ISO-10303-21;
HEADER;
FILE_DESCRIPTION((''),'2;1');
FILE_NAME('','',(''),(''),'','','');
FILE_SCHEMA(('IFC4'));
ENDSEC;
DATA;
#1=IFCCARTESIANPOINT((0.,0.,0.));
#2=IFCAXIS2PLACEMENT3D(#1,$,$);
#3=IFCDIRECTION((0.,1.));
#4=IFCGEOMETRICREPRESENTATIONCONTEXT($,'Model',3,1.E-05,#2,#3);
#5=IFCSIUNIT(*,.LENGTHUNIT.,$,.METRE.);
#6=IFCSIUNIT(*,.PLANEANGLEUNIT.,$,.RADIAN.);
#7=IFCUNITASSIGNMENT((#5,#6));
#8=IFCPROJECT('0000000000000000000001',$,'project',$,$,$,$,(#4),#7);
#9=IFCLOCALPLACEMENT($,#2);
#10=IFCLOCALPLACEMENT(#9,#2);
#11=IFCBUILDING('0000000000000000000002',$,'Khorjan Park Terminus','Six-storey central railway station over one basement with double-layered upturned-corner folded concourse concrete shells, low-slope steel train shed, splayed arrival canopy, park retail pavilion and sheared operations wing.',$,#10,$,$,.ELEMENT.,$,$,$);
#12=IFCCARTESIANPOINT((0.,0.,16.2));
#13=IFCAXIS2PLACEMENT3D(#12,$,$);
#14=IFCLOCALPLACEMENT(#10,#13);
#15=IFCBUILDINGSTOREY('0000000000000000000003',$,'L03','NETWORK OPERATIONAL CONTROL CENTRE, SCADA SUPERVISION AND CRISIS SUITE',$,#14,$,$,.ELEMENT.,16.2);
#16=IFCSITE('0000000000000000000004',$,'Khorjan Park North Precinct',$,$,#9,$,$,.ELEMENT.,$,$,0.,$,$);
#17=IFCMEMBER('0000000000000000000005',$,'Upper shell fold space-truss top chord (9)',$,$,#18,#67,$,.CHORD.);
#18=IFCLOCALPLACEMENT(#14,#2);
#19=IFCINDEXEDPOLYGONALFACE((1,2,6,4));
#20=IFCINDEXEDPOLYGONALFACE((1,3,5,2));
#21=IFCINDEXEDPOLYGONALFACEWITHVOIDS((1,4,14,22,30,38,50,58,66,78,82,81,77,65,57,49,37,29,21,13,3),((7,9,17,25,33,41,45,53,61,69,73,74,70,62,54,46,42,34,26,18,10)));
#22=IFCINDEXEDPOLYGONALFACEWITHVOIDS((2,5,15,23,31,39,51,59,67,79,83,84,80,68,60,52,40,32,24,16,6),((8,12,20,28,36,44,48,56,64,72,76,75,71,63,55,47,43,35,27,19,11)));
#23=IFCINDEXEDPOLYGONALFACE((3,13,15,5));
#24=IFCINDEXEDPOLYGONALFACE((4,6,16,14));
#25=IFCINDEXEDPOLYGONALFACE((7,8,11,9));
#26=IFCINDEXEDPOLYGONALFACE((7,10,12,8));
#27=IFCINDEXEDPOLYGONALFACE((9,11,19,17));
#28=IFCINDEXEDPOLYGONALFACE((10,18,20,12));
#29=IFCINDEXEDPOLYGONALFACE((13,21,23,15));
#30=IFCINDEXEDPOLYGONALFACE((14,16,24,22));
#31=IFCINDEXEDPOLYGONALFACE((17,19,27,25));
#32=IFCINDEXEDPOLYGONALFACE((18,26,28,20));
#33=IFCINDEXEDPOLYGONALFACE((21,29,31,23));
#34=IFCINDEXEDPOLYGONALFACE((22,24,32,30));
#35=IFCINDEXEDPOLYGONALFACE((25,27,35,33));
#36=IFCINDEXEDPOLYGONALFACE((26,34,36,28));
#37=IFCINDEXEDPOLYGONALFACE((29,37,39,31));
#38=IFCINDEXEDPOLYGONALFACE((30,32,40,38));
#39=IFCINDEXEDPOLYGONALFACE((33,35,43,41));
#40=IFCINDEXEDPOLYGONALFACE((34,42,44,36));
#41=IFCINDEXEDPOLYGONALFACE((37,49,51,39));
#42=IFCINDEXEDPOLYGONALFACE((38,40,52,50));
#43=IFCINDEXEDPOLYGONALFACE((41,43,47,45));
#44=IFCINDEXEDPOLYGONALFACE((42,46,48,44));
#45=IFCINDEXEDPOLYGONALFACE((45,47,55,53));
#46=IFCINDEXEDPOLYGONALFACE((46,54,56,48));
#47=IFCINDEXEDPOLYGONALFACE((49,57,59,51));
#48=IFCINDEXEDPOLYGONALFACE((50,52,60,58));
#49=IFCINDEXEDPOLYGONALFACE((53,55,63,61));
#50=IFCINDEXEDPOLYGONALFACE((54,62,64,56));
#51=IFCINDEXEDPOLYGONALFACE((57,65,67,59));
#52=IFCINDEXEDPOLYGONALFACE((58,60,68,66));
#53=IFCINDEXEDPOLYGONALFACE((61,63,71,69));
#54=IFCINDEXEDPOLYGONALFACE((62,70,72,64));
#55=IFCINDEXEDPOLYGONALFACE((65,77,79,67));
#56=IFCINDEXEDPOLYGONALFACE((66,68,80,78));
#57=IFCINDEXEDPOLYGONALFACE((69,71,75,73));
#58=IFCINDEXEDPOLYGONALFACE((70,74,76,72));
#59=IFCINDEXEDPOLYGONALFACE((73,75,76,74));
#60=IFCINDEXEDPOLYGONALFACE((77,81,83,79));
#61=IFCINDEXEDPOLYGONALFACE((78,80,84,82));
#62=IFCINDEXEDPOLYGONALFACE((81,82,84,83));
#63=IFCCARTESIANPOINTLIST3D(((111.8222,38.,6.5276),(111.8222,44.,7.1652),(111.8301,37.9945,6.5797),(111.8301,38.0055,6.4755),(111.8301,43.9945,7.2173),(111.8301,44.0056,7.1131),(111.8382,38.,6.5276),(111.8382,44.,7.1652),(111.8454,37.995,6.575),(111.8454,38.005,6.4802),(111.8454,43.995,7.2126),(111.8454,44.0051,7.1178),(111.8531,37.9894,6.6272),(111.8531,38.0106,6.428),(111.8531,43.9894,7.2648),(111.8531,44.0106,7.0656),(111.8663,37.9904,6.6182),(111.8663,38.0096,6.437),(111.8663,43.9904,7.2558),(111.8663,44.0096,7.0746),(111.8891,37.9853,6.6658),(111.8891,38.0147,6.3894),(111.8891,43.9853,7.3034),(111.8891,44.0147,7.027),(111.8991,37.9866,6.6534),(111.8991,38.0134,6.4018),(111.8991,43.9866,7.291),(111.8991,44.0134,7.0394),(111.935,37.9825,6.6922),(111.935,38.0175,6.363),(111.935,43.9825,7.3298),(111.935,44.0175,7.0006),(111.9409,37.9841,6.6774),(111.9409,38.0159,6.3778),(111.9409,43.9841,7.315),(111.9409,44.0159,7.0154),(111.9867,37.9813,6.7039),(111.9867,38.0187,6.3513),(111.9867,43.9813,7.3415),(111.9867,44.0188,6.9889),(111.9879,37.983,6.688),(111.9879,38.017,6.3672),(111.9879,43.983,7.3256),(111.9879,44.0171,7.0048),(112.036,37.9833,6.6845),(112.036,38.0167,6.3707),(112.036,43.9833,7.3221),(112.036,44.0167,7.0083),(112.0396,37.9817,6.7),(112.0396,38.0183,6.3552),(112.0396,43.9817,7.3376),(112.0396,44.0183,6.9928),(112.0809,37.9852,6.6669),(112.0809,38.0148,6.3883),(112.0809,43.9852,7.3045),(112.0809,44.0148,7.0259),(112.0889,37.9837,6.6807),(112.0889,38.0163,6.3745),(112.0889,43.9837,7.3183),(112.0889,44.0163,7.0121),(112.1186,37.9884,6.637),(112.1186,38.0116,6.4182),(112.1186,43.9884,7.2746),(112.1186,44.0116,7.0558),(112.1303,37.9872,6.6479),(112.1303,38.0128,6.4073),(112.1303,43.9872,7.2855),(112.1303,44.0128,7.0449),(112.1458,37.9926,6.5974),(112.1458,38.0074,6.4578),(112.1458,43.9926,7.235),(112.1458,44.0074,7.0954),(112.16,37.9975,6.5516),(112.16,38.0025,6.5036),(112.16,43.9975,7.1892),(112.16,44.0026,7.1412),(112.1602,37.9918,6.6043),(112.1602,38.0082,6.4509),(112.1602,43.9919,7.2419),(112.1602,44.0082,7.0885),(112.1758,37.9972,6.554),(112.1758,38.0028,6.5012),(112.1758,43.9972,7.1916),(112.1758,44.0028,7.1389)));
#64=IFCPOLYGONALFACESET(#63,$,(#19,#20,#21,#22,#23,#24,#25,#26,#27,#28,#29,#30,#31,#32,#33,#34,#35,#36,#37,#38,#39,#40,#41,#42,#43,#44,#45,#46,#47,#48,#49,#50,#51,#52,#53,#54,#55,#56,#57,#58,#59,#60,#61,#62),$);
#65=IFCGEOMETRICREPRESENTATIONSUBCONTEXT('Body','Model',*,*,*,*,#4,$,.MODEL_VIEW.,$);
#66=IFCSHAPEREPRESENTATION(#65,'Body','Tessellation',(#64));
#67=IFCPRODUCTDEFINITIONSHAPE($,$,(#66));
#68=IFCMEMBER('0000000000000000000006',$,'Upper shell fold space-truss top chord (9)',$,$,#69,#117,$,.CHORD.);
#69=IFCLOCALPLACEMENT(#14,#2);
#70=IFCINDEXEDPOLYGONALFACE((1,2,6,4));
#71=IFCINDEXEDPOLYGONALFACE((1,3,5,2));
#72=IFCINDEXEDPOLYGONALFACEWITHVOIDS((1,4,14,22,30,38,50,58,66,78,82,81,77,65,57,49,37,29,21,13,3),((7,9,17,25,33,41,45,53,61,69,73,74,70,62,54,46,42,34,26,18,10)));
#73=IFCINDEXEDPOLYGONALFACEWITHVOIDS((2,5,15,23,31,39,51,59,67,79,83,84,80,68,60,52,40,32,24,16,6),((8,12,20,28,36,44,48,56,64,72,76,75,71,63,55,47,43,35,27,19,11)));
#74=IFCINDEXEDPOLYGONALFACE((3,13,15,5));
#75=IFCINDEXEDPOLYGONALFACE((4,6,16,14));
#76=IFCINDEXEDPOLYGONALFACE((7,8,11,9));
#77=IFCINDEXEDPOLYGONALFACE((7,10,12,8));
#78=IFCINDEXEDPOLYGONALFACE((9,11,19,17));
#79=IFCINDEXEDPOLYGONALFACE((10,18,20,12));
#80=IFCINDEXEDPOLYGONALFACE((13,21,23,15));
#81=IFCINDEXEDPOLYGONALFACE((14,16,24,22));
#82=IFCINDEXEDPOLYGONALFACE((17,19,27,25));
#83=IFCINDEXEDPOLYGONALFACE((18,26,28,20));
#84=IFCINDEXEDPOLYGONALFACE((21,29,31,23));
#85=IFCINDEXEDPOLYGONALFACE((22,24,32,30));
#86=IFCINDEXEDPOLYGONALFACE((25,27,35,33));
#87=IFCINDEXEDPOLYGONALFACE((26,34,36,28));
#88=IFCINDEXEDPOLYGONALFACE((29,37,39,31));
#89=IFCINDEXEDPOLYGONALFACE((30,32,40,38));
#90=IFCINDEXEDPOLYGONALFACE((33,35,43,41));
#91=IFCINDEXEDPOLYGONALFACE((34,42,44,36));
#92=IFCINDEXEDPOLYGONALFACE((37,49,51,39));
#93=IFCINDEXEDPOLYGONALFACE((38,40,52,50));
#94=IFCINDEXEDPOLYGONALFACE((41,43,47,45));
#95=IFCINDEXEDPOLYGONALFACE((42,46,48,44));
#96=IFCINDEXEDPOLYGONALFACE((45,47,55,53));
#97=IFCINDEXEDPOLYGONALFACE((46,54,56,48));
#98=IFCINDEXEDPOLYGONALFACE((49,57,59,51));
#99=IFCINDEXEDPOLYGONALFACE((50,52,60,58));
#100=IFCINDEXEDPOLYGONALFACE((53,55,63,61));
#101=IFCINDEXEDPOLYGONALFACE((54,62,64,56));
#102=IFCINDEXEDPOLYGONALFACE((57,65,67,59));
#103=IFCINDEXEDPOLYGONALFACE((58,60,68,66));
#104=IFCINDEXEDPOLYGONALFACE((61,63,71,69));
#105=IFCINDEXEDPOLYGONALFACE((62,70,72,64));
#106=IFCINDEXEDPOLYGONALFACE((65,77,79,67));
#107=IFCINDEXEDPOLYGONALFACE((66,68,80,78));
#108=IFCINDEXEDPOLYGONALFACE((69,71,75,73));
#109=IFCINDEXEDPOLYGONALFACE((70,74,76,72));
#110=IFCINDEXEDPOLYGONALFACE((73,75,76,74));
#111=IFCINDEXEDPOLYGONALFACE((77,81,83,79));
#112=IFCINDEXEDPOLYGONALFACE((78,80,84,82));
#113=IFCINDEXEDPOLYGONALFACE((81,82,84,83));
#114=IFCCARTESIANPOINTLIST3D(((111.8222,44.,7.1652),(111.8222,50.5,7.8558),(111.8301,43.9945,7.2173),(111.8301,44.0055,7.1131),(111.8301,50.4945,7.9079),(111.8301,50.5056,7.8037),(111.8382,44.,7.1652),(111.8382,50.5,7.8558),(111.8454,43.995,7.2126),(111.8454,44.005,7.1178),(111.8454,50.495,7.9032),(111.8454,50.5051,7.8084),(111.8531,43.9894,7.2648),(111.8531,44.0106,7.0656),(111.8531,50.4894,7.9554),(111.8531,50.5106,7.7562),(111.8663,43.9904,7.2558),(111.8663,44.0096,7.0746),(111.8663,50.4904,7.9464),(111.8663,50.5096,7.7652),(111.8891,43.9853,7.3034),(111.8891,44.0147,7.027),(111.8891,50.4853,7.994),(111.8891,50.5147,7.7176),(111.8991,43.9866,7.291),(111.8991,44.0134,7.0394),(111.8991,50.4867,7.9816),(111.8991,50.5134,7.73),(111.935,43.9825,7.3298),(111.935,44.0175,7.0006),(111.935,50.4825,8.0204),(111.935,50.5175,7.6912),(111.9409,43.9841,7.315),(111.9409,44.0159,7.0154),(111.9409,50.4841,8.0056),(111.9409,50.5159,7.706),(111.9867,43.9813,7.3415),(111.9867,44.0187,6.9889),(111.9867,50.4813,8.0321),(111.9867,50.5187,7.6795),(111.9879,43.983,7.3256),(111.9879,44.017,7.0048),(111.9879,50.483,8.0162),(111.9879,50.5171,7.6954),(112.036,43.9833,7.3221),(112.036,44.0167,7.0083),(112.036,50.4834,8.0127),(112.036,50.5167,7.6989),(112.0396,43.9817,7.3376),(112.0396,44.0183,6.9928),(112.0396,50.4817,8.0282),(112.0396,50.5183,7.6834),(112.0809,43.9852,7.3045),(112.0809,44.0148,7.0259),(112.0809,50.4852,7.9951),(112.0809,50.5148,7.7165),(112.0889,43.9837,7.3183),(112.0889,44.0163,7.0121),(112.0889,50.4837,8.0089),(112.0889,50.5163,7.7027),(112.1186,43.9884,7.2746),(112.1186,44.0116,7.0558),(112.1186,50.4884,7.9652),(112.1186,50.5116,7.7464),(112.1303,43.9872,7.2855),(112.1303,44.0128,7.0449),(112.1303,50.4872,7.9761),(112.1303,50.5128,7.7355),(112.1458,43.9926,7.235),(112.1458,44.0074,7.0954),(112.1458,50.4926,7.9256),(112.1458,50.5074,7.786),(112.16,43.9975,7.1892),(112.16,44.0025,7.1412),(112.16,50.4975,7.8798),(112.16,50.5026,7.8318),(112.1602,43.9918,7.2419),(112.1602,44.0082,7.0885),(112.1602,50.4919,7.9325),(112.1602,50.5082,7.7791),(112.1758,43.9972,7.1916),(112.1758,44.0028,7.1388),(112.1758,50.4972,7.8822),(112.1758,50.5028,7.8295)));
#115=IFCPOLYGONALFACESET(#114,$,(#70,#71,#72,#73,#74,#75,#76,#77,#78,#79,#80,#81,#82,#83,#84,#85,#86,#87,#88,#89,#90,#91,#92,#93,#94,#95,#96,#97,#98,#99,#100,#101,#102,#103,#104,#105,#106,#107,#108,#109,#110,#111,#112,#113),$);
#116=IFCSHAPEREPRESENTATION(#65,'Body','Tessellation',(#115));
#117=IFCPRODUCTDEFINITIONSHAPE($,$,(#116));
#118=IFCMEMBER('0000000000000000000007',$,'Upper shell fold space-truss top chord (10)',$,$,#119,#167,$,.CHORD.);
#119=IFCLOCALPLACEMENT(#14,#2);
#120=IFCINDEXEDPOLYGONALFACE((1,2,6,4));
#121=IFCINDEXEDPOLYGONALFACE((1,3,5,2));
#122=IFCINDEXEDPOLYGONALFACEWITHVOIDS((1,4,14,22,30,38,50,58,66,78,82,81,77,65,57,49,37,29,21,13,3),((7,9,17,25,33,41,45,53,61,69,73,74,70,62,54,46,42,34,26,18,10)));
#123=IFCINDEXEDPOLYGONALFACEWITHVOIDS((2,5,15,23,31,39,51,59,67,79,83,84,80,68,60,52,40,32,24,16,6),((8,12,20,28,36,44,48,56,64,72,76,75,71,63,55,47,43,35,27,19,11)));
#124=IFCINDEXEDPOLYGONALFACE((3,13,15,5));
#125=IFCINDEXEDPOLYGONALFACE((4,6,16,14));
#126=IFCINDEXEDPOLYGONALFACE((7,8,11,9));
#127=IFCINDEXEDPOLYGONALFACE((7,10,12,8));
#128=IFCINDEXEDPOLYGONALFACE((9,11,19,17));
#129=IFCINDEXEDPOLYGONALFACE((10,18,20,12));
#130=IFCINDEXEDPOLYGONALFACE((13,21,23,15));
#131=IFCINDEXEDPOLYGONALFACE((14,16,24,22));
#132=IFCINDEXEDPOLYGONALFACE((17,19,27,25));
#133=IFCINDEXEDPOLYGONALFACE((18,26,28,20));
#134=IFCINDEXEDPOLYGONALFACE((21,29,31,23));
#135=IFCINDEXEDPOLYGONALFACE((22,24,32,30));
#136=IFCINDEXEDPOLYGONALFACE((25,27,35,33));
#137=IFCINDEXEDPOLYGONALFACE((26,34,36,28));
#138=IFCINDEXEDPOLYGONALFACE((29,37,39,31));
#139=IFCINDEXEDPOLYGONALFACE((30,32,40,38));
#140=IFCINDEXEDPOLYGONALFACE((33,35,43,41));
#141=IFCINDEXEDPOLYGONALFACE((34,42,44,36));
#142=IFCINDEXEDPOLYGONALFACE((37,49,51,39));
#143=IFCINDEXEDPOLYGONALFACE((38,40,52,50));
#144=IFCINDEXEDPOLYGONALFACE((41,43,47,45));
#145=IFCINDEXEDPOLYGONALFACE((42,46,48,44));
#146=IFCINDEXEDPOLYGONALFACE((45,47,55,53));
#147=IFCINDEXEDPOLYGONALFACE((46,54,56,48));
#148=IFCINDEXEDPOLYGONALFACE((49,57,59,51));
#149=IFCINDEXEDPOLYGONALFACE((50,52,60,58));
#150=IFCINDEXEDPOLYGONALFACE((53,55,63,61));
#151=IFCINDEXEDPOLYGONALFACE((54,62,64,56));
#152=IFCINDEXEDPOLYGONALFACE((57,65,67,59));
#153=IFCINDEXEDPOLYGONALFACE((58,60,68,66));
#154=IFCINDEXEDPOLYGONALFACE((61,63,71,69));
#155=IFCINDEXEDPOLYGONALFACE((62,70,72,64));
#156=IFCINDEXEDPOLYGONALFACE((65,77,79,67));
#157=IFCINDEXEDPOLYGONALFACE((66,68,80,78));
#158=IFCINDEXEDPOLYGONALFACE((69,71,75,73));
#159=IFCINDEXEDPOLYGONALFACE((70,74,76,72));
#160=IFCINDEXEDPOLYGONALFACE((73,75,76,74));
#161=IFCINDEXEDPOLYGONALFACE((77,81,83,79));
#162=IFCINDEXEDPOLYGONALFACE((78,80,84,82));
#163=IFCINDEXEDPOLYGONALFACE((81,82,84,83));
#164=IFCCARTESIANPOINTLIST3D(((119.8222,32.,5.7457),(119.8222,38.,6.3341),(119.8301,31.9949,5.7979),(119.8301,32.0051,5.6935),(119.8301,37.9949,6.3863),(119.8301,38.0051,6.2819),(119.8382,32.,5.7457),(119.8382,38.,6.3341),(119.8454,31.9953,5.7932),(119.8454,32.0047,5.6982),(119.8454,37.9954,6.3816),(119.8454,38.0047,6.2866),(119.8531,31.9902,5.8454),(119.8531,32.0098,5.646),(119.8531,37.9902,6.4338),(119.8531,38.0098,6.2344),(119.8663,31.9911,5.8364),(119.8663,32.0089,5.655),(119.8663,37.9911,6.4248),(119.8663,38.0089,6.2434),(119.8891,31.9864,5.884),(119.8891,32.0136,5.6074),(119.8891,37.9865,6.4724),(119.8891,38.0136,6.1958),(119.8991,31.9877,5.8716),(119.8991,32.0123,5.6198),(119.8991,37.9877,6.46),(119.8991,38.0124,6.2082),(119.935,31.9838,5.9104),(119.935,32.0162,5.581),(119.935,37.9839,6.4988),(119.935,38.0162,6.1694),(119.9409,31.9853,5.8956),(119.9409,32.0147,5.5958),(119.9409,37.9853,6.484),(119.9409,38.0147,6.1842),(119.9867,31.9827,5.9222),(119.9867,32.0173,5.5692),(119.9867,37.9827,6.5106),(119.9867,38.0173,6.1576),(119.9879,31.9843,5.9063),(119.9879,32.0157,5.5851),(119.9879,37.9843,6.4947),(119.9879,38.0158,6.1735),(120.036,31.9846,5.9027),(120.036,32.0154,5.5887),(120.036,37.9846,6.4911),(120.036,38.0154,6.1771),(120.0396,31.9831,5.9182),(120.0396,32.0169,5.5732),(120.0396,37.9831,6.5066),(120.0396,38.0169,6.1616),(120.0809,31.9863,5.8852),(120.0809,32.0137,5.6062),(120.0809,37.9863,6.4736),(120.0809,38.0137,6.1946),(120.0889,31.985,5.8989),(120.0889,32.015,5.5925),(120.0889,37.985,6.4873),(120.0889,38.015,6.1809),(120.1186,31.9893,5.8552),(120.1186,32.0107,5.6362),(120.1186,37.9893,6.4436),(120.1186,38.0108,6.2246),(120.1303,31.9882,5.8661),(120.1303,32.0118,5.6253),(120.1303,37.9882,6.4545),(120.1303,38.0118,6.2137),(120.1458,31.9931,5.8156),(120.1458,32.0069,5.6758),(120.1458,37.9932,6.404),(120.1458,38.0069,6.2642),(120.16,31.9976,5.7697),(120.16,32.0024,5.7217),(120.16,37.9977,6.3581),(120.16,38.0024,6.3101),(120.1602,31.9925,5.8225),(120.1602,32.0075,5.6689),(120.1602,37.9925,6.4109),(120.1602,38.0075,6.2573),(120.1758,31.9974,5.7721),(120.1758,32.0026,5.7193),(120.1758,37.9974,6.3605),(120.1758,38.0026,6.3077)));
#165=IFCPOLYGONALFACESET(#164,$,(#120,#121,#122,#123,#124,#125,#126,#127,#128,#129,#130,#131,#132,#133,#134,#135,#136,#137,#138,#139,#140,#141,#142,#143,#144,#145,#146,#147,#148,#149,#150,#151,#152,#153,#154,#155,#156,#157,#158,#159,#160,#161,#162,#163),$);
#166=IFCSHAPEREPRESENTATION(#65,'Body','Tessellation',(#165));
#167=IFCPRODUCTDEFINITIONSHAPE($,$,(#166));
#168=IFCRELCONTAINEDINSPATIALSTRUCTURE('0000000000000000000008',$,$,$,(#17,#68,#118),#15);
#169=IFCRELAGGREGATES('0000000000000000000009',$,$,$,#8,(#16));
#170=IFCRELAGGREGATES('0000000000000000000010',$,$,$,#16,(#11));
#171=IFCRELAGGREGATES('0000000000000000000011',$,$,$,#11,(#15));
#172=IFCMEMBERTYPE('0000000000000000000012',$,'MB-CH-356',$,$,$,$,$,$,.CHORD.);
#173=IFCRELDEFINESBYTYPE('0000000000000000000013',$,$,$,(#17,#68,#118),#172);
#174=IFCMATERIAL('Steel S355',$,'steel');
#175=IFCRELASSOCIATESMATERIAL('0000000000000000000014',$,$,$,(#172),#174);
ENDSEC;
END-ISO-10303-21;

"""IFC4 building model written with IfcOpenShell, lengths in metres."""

from ifc_helpers import new_model, si_unit, direction, frame, origin, origin_2d, place, context, subcontext, project, spatial, hollow_circle, extrude, material, material_profile, profile_set, type_object, element, save


model = new_model("IFC4")

# Units and contexts
model_context = context("Model", 3, precision=1e-05, world=origin(), true_north=direction((0.0, 1.0)))
body_context = subcontext(model_context, "Body", "Model", "MODEL_VIEW")
ifc_project = project(units=[si_unit("LENGTHUNIT", "METRE"), si_unit("PLANEANGLEUNIT", "RADIAN")], contexts=[model_context])

# Site, building, storey
site_placement = place(None, origin())
site = spatial("IfcSite", under=ifc_project, at=site_placement, Name="Khorjan Park North Precinct", CompositionType="ELEMENT", RefElevation=0.0)
building_placement = place(site_placement, origin())
building = spatial("IfcBuilding", under=site, at=building_placement, Name="Khorjan Park Terminus", Description="Six-storey central railway station over one basement with double-layered upturned-corner folded concourse concrete shells, low-slope steel train shed, splayed arrival canopy, park retail pavilion and sheared operations wing.", CompositionType="ELEMENT")
storey_placement = place(building_placement, frame((0.0, 0.0, 16.2)))
storey = spatial("IfcBuildingStorey", under=building, at=storey_placement, Name="L03", Description="NETWORK OPERATIONAL CONTROL CENTRE, SCADA SUPERVISION AND CRISIS SUITE", CompositionType="ELEMENT", Elevation=16.2)

# Members
ifc_material = material(Name="Steel S355", Category="steel")
ifc_material_profile_1 = material_profile(ifc_material, hollow_circle(Radius=0.1778, WallThickness=0.016, at=origin_2d()), Name="CHS 355.6x16")
ifc_profile_set_1 = profile_set([ifc_material_profile_1], Name="Steel S355")
member_type_1 = type_object("IfcMemberType", Name="MB-CH-356", PredefinedType="CHORD", material=ifc_profile_set_1)
member_1_placement = place(storey_placement, frame((112.0, 38.0, 6.5276), z_axis=(0.0, 0.994401, 0.105672), x_axis=(-1.0, 0.0, 0.0)))
element("IfcMember", 1, at=member_1_placement, inside=storey, type_object=member_type_1, Name="Upper shell fold space-truss top chord (9)", PredefinedType="CHORD", context=body_context, shape_type="SweptSolid", body=[
    extrude(hollow_circle(Radius=0.1778, WallThickness=0.016, at=origin_2d()), origin(), (0.0, 0.0, 1.0), 6.0338),
])
member_2_placement = place(storey_placement, frame((112.0, 44.0, 7.1652), z_axis=(0.0, 0.994403, 0.105652), x_axis=(-1.0, 0.0, 0.0)))
element("IfcMember", 2, at=member_2_placement, inside=storey, type_object=member_type_1, Name="Upper shell fold space-truss top chord (9)", PredefinedType="CHORD", context=body_context, shape_type="SweptSolid", body=[
    extrude(hollow_circle(Radius=0.1778, WallThickness=0.016, at=origin_2d()), origin(), (0.0, 0.0, 1.0), 6.5366),
])
member_3_placement = place(storey_placement, frame((120.0, 32.0, 5.7457), z_axis=(0.0, 0.995226, 0.097598), x_axis=(-1.0, 0.0, 0.0)))
element("IfcMember", 3, at=member_3_placement, inside=storey, type_object=member_type_1, Name="Upper shell fold space-truss top chord (10)", PredefinedType="CHORD", context=body_context, shape_type="SweptSolid", body=[
    extrude(hollow_circle(Radius=0.1778, WallThickness=0.016, at=origin_2d()), origin(), (0.0, 0.0, 1.0), 6.0288),
])

save(model, "model.ifc")
